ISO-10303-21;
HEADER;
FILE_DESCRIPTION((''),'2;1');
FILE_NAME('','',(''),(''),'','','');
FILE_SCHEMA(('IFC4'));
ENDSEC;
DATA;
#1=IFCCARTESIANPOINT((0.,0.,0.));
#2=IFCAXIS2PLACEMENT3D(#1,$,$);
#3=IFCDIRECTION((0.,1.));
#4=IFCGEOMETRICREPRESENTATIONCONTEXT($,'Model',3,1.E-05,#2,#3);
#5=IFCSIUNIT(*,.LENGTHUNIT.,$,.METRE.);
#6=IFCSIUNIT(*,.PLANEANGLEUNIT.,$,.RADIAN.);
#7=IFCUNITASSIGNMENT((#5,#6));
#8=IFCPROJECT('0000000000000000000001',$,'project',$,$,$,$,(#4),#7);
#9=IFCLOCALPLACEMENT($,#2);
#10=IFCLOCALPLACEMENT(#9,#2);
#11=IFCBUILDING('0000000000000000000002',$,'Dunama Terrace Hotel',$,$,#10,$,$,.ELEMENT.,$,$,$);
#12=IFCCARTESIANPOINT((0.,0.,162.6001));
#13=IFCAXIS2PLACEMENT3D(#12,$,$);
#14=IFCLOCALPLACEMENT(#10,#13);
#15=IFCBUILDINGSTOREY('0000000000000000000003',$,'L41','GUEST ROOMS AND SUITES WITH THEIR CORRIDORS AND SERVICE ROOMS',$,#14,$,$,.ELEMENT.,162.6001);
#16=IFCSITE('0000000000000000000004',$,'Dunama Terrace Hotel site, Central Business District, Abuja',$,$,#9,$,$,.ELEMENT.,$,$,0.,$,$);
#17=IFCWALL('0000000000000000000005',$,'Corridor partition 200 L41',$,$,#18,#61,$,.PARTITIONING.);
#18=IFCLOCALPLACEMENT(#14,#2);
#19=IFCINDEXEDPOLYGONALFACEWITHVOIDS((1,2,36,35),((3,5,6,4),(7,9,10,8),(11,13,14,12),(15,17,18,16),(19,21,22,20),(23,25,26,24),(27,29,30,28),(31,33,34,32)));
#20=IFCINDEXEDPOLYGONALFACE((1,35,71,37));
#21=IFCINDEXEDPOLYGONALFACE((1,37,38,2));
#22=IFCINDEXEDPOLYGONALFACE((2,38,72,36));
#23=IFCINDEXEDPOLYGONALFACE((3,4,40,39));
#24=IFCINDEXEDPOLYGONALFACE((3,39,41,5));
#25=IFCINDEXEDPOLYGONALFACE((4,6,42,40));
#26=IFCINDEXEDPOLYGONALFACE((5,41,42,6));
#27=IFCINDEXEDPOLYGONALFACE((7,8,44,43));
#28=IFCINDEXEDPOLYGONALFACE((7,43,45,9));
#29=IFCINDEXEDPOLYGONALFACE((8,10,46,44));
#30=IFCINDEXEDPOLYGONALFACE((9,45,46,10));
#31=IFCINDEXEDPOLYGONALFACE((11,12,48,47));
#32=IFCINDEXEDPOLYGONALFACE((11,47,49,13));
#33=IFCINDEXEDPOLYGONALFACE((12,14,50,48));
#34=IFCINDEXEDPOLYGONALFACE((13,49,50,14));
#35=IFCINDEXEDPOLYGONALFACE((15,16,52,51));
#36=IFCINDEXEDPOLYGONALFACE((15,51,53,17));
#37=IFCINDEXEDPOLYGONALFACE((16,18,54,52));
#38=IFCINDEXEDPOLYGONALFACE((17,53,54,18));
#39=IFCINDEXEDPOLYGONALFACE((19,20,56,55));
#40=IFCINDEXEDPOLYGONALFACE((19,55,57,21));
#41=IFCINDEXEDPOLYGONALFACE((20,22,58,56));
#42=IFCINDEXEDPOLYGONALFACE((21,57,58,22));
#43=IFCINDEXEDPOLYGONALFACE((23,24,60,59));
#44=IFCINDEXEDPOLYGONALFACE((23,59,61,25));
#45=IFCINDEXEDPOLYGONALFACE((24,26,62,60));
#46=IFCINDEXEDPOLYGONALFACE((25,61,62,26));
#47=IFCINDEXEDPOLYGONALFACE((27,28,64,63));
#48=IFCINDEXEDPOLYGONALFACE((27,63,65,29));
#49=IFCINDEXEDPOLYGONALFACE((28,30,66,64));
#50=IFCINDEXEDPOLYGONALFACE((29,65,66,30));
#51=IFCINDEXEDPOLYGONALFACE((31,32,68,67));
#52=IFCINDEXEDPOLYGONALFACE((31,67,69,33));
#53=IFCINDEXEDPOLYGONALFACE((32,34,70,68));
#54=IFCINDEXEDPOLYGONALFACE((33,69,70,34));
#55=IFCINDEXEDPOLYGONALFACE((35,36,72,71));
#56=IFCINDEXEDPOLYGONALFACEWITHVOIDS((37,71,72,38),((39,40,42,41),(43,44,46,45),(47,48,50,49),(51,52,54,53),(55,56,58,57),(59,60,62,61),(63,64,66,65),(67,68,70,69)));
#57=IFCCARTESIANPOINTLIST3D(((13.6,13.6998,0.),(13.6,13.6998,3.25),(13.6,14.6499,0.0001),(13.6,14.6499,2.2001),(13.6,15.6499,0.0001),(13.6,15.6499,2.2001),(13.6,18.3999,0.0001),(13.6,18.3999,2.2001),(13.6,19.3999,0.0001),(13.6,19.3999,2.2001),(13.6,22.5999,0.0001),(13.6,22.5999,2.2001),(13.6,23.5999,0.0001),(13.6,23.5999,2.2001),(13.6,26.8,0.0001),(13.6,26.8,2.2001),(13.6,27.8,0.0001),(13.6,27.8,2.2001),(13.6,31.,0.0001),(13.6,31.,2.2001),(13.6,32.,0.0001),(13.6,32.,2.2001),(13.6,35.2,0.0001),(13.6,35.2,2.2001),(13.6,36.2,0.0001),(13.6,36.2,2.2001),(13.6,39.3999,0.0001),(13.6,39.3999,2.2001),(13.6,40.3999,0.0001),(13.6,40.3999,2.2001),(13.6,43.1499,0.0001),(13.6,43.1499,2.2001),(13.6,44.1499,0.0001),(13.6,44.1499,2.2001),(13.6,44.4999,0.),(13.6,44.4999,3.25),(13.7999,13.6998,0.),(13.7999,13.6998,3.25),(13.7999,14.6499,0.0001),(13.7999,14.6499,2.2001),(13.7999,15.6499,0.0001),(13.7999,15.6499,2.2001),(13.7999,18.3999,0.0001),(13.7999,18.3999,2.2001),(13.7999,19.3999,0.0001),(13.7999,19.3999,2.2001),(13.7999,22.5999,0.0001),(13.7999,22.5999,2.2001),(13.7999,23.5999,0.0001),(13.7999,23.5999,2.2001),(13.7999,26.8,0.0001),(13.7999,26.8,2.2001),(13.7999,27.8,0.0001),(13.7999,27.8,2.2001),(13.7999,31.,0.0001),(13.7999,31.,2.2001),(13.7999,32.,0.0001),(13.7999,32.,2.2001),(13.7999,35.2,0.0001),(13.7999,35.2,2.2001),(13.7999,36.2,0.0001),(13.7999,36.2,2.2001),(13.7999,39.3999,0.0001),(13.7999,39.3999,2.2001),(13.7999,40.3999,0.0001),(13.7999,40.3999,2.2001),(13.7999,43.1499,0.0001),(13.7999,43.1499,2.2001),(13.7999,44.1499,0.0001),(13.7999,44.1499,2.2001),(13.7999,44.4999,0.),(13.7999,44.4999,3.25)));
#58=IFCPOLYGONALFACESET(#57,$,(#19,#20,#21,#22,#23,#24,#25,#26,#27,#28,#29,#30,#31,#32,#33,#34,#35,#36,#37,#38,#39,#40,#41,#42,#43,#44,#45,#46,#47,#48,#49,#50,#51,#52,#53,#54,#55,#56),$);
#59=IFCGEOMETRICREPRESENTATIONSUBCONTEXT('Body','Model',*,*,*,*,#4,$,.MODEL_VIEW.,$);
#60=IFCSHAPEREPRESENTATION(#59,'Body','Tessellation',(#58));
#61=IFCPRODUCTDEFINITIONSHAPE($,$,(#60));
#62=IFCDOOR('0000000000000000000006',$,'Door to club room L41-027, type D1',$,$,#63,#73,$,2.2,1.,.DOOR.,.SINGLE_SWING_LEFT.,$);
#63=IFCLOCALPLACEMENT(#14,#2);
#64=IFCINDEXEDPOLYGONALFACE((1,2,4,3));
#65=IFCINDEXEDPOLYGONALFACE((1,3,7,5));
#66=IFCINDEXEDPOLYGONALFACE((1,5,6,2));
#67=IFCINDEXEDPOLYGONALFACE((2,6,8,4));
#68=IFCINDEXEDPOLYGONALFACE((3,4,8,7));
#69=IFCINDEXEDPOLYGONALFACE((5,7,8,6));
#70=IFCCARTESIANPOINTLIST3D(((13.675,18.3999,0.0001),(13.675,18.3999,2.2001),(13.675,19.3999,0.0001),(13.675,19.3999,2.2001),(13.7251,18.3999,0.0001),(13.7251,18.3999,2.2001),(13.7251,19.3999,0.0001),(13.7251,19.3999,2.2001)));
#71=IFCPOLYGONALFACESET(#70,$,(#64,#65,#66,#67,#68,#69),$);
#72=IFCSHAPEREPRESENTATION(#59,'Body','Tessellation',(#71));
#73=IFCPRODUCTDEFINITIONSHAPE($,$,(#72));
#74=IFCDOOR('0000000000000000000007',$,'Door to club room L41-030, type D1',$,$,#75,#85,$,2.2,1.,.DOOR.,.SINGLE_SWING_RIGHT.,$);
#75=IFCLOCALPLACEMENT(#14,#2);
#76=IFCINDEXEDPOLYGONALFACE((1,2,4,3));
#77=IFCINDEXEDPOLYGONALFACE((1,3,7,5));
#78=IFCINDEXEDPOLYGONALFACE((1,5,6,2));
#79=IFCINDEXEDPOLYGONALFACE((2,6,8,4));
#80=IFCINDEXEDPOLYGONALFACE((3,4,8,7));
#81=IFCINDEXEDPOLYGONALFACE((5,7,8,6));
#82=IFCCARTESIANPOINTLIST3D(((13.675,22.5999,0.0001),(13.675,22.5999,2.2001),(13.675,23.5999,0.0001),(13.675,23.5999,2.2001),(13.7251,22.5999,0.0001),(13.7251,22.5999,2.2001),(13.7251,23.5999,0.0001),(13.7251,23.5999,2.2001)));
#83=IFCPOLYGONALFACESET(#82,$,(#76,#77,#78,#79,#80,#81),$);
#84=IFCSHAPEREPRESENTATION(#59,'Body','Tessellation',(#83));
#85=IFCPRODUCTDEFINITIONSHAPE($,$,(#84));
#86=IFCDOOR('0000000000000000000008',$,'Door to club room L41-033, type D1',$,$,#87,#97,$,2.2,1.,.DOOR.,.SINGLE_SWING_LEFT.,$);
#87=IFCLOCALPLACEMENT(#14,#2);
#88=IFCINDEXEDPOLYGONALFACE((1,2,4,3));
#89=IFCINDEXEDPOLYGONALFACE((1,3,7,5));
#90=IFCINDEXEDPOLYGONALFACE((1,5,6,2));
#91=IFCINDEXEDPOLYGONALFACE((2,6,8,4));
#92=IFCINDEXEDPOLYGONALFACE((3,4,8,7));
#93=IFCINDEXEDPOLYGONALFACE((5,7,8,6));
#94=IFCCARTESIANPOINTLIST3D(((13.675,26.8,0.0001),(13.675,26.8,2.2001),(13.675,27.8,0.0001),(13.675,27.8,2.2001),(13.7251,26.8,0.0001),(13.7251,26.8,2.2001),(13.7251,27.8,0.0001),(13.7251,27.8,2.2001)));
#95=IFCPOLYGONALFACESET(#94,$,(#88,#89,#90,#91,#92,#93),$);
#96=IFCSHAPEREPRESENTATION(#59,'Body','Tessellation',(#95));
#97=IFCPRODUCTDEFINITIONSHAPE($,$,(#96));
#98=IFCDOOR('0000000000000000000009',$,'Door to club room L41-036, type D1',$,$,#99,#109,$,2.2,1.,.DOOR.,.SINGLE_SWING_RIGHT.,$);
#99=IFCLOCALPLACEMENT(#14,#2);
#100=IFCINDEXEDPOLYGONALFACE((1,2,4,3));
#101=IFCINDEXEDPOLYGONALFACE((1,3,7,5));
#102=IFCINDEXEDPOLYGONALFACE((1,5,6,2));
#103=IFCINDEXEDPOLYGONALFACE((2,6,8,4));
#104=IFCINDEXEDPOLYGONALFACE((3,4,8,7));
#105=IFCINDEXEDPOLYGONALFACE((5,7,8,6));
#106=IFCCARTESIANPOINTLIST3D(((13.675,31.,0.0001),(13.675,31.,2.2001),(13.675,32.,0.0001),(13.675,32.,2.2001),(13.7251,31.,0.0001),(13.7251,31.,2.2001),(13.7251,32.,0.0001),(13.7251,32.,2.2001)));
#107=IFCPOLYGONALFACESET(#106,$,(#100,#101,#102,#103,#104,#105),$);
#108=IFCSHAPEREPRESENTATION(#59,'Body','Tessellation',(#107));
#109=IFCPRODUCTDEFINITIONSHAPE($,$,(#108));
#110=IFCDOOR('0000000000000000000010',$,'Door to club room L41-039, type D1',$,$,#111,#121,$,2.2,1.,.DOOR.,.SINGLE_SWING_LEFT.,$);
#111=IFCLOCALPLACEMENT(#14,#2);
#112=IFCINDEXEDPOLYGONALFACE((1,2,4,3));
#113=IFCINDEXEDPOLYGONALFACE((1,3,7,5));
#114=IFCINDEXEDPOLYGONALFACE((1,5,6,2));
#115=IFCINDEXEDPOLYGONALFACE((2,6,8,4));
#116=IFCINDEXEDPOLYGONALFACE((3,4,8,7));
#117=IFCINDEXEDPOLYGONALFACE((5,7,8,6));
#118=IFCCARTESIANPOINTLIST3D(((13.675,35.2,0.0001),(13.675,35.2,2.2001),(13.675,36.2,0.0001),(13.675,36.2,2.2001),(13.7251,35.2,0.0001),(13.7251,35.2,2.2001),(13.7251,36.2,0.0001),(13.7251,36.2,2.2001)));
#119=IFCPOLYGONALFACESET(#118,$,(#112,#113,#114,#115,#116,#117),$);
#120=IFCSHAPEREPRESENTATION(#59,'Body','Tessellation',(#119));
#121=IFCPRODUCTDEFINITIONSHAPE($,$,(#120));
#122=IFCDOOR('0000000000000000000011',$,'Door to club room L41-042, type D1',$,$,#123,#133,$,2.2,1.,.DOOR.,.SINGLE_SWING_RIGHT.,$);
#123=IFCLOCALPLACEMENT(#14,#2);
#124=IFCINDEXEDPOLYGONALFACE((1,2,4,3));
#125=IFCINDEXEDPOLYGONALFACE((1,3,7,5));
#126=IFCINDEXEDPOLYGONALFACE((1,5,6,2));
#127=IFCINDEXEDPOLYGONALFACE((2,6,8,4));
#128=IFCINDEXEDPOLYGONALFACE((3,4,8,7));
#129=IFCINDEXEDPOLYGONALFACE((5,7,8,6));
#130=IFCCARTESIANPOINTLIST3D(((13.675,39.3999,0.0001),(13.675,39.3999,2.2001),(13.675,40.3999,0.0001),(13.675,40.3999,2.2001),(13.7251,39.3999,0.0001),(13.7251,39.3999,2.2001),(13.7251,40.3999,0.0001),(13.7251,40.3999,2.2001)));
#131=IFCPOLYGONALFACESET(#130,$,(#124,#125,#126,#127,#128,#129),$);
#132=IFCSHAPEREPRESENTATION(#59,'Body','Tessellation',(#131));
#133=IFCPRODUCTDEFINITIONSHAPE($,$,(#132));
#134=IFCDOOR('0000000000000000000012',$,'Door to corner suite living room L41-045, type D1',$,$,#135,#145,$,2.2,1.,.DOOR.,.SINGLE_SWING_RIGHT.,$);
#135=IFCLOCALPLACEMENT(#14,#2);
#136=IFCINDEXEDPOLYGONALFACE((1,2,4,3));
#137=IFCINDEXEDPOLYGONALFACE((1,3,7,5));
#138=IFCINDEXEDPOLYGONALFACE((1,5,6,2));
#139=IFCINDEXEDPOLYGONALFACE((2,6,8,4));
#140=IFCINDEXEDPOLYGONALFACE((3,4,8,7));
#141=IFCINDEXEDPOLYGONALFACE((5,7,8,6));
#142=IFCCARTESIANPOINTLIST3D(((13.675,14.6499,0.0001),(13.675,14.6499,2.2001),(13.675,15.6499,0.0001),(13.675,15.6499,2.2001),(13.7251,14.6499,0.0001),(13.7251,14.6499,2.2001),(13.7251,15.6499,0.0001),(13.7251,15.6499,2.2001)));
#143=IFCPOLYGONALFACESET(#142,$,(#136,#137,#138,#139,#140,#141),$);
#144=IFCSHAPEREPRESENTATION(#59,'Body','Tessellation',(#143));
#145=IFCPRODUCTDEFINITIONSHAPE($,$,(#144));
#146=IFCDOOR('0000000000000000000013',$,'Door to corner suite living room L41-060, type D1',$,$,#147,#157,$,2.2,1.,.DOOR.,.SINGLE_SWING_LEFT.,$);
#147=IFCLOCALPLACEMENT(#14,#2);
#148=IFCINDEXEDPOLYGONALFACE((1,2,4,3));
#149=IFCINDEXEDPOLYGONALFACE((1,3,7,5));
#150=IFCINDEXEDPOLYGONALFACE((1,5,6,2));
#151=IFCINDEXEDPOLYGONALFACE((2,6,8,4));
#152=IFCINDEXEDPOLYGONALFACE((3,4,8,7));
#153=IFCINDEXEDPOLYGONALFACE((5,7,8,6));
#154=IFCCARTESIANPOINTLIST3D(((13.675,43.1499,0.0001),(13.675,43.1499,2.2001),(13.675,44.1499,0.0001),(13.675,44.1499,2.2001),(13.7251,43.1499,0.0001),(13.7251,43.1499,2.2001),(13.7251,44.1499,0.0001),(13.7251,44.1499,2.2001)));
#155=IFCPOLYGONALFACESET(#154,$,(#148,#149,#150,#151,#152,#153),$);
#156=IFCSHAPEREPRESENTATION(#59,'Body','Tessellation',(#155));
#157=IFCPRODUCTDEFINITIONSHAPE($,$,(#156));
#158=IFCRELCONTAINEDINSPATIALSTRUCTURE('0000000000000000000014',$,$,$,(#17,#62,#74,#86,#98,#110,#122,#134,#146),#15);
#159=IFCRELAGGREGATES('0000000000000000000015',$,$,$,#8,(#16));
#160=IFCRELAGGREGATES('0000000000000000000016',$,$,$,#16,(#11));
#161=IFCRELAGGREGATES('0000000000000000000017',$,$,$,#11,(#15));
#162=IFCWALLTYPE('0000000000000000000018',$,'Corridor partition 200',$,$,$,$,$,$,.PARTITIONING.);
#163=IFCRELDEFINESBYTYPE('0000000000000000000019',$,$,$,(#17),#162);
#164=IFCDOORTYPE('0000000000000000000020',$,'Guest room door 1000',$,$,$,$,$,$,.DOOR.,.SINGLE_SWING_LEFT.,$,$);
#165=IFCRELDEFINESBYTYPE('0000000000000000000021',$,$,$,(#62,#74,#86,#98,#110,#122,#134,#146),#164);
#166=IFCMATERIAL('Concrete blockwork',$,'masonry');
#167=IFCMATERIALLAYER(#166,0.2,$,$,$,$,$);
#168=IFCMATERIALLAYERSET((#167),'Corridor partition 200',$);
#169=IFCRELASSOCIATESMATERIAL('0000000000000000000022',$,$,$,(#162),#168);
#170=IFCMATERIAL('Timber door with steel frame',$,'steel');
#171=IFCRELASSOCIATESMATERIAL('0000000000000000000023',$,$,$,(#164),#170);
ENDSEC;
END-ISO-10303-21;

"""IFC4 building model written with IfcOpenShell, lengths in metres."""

from ifc_helpers import new_model, si_unit, direction, frame, frame_2d, origin, place, context, subcontext, project, spatial, rectangle, extrude, material, layer, layer_set, type_object, element, fill, save


model = new_model("IFC4")

# Units and contexts
model_context = context("Model", 3, precision=1e-05, world=origin(), true_north=direction((0.0, 1.0)))
body_context = subcontext(model_context, "Body", "Model", "MODEL_VIEW")
ifc_project = project(units=[si_unit("LENGTHUNIT", "METRE"), si_unit("PLANEANGLEUNIT", "RADIAN")], contexts=[model_context])

# Site, building, storey
site_placement = place(None, origin())
site = spatial("IfcSite", under=ifc_project, at=site_placement, Name="Dunama Terrace Hotel site, Central Business District, Abuja", CompositionType="ELEMENT", RefElevation=0.0)
building_placement = place(site_placement, origin())
building = spatial("IfcBuilding", under=site, at=building_placement, Name="Dunama Terrace Hotel", CompositionType="ELEMENT")
storey_placement = place(building_placement, frame((0.0, 0.0, 162.6001)))
storey = spatial("IfcBuildingStorey", under=building, at=storey_placement, Name="L41", Description="GUEST ROOMS AND SUITES WITH THEIR CORRIDORS AND SERVICE ROOMS", CompositionType="ELEMENT", Elevation=162.6001)

# Wall, openings, doors
ifc_material_1 = material(Name="Concrete blockwork", Category="masonry")
ifc_layer_1 = layer(ifc_material_1, 0.2)
ifc_layer_set_1 = layer_set([ifc_layer_1], Name="Corridor partition 200")
wall_type_1 = type_object("IfcWallType", Name="Corridor partition 200", PredefinedType="PARTITIONING", material=ifc_layer_set_1)
wall_1_placement = place(storey_placement, frame((13.7, 13.7, 0.0), z_axis=(0.0, 0.0, 1.0), x_axis=(0.0, 1.0, 0.0)))
wall_1 = element("IfcWall", 1, at=wall_1_placement, inside=storey, type_object=wall_type_1, Name="Corridor partition 200 L41", PredefinedType="PARTITIONING", context=body_context, shape_type="SweptSolid", body=[
    extrude(rectangle(XDim=30.8, YDim=0.2, at=frame_2d((15.3999, 0.0))), origin(), (0.0, 0.0, 1.0), 3.25),
])
opening_1_placement = place(wall_1_placement, frame((4.7, 0.0, 0.0)))
opening_1 = element("IfcOpeningElement", 2, at=opening_1_placement, cuts=wall_1, PredefinedType="OPENING", context=body_context, shape_type="SweptSolid", body=[
    extrude(rectangle(XDim=1.0, YDim=2.2, at=frame_2d((0.5, 1.1001))), frame((0.0, 0.1099, 0.0), z_axis=(0.0, -1.0, 0.0), x_axis=(1.0, 0.0, 0.0)), (0.0, 0.0, 1.0), 0.22),
])
opening_2_placement = place(wall_1_placement, frame((8.8999, 0.0, 0.0)))
opening_2 = element("IfcOpeningElement", 3, at=opening_2_placement, cuts=wall_1, PredefinedType="OPENING", context=body_context, shape_type="SweptSolid", body=[
    extrude(rectangle(XDim=1.0, YDim=2.2, at=frame_2d((0.5, 1.1001))), frame((0.0, 0.1099, 0.0), z_axis=(0.0, -1.0, 0.0), x_axis=(1.0, 0.0, 0.0)), (0.0, 0.0, 1.0), 0.22),
])
opening_3_placement = place(wall_1_placement, frame((13.1001, 0.0, 0.0)))
opening_3 = element("IfcOpeningElement", 4, at=opening_3_placement, cuts=wall_1, PredefinedType="OPENING", context=body_context, shape_type="SweptSolid", body=[
    extrude(rectangle(XDim=1.0, YDim=2.2, at=frame_2d((0.5, 1.1001))), frame((0.0, 0.1099, 0.0), z_axis=(0.0, -1.0, 0.0), x_axis=(1.0, 0.0, 0.0)), (0.0, 0.0, 1.0), 0.22),
])
opening_4_placement = place(wall_1_placement, frame((17.3, 0.0, 0.0)))
opening_4 = element("IfcOpeningElement", 5, at=opening_4_placement, cuts=wall_1, PredefinedType="OPENING", context=body_context, shape_type="SweptSolid", body=[
    extrude(rectangle(XDim=1.0, YDim=2.2, at=frame_2d((0.5, 1.1001))), frame((0.0, 0.1099, 0.0), z_axis=(0.0, -1.0, 0.0), x_axis=(1.0, 0.0, 0.0)), (0.0, 0.0, 1.0), 0.22),
])
opening_5_placement = place(wall_1_placement, frame((21.5, 0.0, 0.0)))
opening_5 = element("IfcOpeningElement", 6, at=opening_5_placement, cuts=wall_1, PredefinedType="OPENING", context=body_context, shape_type="SweptSolid", body=[
    extrude(rectangle(XDim=1.0, YDim=2.2, at=frame_2d((0.5, 1.1001))), frame((0.0, 0.1099, 0.0), z_axis=(0.0, -1.0, 0.0), x_axis=(1.0, 0.0, 0.0)), (0.0, 0.0, 1.0), 0.22),
])
opening_6_placement = place(wall_1_placement, frame((25.7, 0.0, 0.0)))
opening_6 = element("IfcOpeningElement", 7, at=opening_6_placement, cuts=wall_1, PredefinedType="OPENING", context=body_context, shape_type="SweptSolid", body=[
    extrude(rectangle(XDim=1.0, YDim=2.2, at=frame_2d((0.5, 1.1001))), frame((0.0, 0.1099, 0.0), z_axis=(0.0, -1.0, 0.0), x_axis=(1.0, 0.0, 0.0)), (0.0, 0.0, 1.0), 0.22),
])
opening_7_placement = place(wall_1_placement, frame((0.95, 0.0, 0.0)))
opening_7 = element("IfcOpeningElement", 8, at=opening_7_placement, cuts=wall_1, PredefinedType="OPENING", context=body_context, shape_type="SweptSolid", body=[
    extrude(rectangle(XDim=1.0, YDim=2.2, at=frame_2d((0.5, 1.1001))), frame((0.0, 0.1099, 0.0), z_axis=(0.0, -1.0, 0.0), x_axis=(1.0, 0.0, 0.0)), (0.0, 0.0, 1.0), 0.22),
])
opening_8_placement = place(wall_1_placement, frame((29.45, 0.0, 0.0)))
opening_8 = element("IfcOpeningElement", 9, at=opening_8_placement, cuts=wall_1, PredefinedType="OPENING", context=body_context, shape_type="SweptSolid", body=[
    extrude(rectangle(XDim=1.0, YDim=2.2, at=frame_2d((0.5, 1.1001))), frame((0.0, 0.1099, 0.0), z_axis=(0.0, -1.0, 0.0), x_axis=(1.0, 0.0, 0.0)), (0.0, 0.0, 1.0), 0.22),
])
ifc_material_2 = material(Name="Timber door with steel frame", Category="steel")
door_type_1 = type_object("IfcDoorType", Name="Guest room door 1000", OperationType="SINGLE_SWING_LEFT", PredefinedType="DOOR", material=ifc_material_2)
door_1_placement = place(opening_1_placement, origin())
door_1 = element("IfcDoor", 10, at=door_1_placement, inside=storey, type_object=door_type_1, Name="Door to club room L41-027, type D1", OperationType="SINGLE_SWING_LEFT", OverallHeight=2.2, OverallWidth=1.0, PredefinedType="DOOR", context=body_context, shape_type="SweptSolid", body=[
    extrude(rectangle(XDim=1.0, YDim=2.2, at=frame_2d((0.5, 1.1001))), frame((0.0, 0.0249, 0.0), z_axis=(0.0, -1.0, 0.0), x_axis=(1.0, 0.0, 0.0)), (0.0, 0.0, 1.0), 0.05),
])
fill(opening_1, door_1)
door_2_placement = place(opening_2_placement, origin())
door_2 = element("IfcDoor", 11, at=door_2_placement, inside=storey, type_object=door_type_1, Name="Door to club room L41-030, type D1", OperationType="SINGLE_SWING_RIGHT", OverallHeight=2.2, OverallWidth=1.0, PredefinedType="DOOR", context=body_context, shape_type="SweptSolid", body=[
    extrude(rectangle(XDim=1.0, YDim=2.2, at=frame_2d((0.5, 1.1001))), frame((0.0, 0.0249, 0.0), z_axis=(0.0, -1.0, 0.0), x_axis=(1.0, 0.0, 0.0)), (0.0, 0.0, 1.0), 0.05),
])
fill(opening_2, door_2)
door_3_placement = place(opening_3_placement, origin())
door_3 = element("IfcDoor", 12, at=door_3_placement, inside=storey, type_object=door_type_1, Name="Door to club room L41-033, type D1", OperationType="SINGLE_SWING_LEFT", OverallHeight=2.2, OverallWidth=1.0, PredefinedType="DOOR", context=body_context, shape_type="SweptSolid", body=[
    extrude(rectangle(XDim=1.0, YDim=2.2, at=frame_2d((0.5, 1.1001))), frame((0.0, 0.0249, 0.0), z_axis=(0.0, -1.0, 0.0), x_axis=(1.0, 0.0, 0.0)), (0.0, 0.0, 1.0), 0.05),
])
fill(opening_3, door_3)
door_4_placement = place(opening_4_placement, origin())
door_4 = element("IfcDoor", 13, at=door_4_placement, inside=storey, type_object=door_type_1, Name="Door to club room L41-036, type D1", OperationType="SINGLE_SWING_RIGHT", OverallHeight=2.2, OverallWidth=1.0, PredefinedType="DOOR", context=body_context, shape_type="SweptSolid", body=[
    extrude(rectangle(XDim=1.0, YDim=2.2, at=frame_2d((0.5, 1.1001))), frame((0.0, 0.0249, 0.0), z_axis=(0.0, -1.0, 0.0), x_axis=(1.0, 0.0, 0.0)), (0.0, 0.0, 1.0), 0.05),
])
fill(opening_4, door_4)
door_5_placement = place(opening_5_placement, origin())
door_5 = element("IfcDoor", 14, at=door_5_placement, inside=storey, type_object=door_type_1, Name="Door to club room L41-039, type D1", OperationType="SINGLE_SWING_LEFT", OverallHeight=2.2, OverallWidth=1.0, PredefinedType="DOOR", context=body_context, shape_type="SweptSolid", body=[
    extrude(rectangle(XDim=1.0, YDim=2.2, at=frame_2d((0.5, 1.1001))), frame((0.0, 0.0249, 0.0), z_axis=(0.0, -1.0, 0.0), x_axis=(1.0, 0.0, 0.0)), (0.0, 0.0, 1.0), 0.05),
])
fill(opening_5, door_5)
door_6_placement = place(opening_6_placement, origin())
door_6 = element("IfcDoor", 15, at=door_6_placement, inside=storey, type_object=door_type_1, Name="Door to club room L41-042, type D1", OperationType="SINGLE_SWING_RIGHT", OverallHeight=2.2, OverallWidth=1.0, PredefinedType="DOOR", context=body_context, shape_type="SweptSolid", body=[
    extrude(rectangle(XDim=1.0, YDim=2.2, at=frame_2d((0.5, 1.1001))), frame((0.0, 0.0249, 0.0), z_axis=(0.0, -1.0, 0.0), x_axis=(1.0, 0.0, 0.0)), (0.0, 0.0, 1.0), 0.05),
])
fill(opening_6, door_6)
door_7_placement = place(opening_7_placement, origin())
door_7 = element("IfcDoor", 16, at=door_7_placement, inside=storey, type_object=door_type_1, Name="Door to corner suite living room L41-045, type D1", OperationType="SINGLE_SWING_RIGHT", OverallHeight=2.2, OverallWidth=1.0, PredefinedType="DOOR", context=body_context, shape_type="SweptSolid", body=[
    extrude(rectangle(XDim=1.0, YDim=2.2, at=frame_2d((0.5, 1.1001))), frame((0.0, 0.0249, 0.0), z_axis=(0.0, -1.0, 0.0), x_axis=(1.0, 0.0, 0.0)), (0.0, 0.0, 1.0), 0.05),
])
fill(opening_7, door_7)
door_8_placement = place(opening_8_placement, origin())
door_8 = element("IfcDoor", 17, at=door_8_placement, inside=storey, type_object=door_type_1, Name="Door to corner suite living room L41-060, type D1", OperationType="SINGLE_SWING_LEFT", OverallHeight=2.2, OverallWidth=1.0, PredefinedType="DOOR", context=body_context, shape_type="SweptSolid", body=[
    extrude(rectangle(XDim=1.0, YDim=2.2, at=frame_2d((0.5, 1.1001))), frame((0.0, 0.0249, 0.0), z_axis=(0.0, -1.0, 0.0), x_axis=(1.0, 0.0, 0.0)), (0.0, 0.0, 1.0), 0.05),
])
fill(opening_8, door_8)

save(model, "model.ifc")
